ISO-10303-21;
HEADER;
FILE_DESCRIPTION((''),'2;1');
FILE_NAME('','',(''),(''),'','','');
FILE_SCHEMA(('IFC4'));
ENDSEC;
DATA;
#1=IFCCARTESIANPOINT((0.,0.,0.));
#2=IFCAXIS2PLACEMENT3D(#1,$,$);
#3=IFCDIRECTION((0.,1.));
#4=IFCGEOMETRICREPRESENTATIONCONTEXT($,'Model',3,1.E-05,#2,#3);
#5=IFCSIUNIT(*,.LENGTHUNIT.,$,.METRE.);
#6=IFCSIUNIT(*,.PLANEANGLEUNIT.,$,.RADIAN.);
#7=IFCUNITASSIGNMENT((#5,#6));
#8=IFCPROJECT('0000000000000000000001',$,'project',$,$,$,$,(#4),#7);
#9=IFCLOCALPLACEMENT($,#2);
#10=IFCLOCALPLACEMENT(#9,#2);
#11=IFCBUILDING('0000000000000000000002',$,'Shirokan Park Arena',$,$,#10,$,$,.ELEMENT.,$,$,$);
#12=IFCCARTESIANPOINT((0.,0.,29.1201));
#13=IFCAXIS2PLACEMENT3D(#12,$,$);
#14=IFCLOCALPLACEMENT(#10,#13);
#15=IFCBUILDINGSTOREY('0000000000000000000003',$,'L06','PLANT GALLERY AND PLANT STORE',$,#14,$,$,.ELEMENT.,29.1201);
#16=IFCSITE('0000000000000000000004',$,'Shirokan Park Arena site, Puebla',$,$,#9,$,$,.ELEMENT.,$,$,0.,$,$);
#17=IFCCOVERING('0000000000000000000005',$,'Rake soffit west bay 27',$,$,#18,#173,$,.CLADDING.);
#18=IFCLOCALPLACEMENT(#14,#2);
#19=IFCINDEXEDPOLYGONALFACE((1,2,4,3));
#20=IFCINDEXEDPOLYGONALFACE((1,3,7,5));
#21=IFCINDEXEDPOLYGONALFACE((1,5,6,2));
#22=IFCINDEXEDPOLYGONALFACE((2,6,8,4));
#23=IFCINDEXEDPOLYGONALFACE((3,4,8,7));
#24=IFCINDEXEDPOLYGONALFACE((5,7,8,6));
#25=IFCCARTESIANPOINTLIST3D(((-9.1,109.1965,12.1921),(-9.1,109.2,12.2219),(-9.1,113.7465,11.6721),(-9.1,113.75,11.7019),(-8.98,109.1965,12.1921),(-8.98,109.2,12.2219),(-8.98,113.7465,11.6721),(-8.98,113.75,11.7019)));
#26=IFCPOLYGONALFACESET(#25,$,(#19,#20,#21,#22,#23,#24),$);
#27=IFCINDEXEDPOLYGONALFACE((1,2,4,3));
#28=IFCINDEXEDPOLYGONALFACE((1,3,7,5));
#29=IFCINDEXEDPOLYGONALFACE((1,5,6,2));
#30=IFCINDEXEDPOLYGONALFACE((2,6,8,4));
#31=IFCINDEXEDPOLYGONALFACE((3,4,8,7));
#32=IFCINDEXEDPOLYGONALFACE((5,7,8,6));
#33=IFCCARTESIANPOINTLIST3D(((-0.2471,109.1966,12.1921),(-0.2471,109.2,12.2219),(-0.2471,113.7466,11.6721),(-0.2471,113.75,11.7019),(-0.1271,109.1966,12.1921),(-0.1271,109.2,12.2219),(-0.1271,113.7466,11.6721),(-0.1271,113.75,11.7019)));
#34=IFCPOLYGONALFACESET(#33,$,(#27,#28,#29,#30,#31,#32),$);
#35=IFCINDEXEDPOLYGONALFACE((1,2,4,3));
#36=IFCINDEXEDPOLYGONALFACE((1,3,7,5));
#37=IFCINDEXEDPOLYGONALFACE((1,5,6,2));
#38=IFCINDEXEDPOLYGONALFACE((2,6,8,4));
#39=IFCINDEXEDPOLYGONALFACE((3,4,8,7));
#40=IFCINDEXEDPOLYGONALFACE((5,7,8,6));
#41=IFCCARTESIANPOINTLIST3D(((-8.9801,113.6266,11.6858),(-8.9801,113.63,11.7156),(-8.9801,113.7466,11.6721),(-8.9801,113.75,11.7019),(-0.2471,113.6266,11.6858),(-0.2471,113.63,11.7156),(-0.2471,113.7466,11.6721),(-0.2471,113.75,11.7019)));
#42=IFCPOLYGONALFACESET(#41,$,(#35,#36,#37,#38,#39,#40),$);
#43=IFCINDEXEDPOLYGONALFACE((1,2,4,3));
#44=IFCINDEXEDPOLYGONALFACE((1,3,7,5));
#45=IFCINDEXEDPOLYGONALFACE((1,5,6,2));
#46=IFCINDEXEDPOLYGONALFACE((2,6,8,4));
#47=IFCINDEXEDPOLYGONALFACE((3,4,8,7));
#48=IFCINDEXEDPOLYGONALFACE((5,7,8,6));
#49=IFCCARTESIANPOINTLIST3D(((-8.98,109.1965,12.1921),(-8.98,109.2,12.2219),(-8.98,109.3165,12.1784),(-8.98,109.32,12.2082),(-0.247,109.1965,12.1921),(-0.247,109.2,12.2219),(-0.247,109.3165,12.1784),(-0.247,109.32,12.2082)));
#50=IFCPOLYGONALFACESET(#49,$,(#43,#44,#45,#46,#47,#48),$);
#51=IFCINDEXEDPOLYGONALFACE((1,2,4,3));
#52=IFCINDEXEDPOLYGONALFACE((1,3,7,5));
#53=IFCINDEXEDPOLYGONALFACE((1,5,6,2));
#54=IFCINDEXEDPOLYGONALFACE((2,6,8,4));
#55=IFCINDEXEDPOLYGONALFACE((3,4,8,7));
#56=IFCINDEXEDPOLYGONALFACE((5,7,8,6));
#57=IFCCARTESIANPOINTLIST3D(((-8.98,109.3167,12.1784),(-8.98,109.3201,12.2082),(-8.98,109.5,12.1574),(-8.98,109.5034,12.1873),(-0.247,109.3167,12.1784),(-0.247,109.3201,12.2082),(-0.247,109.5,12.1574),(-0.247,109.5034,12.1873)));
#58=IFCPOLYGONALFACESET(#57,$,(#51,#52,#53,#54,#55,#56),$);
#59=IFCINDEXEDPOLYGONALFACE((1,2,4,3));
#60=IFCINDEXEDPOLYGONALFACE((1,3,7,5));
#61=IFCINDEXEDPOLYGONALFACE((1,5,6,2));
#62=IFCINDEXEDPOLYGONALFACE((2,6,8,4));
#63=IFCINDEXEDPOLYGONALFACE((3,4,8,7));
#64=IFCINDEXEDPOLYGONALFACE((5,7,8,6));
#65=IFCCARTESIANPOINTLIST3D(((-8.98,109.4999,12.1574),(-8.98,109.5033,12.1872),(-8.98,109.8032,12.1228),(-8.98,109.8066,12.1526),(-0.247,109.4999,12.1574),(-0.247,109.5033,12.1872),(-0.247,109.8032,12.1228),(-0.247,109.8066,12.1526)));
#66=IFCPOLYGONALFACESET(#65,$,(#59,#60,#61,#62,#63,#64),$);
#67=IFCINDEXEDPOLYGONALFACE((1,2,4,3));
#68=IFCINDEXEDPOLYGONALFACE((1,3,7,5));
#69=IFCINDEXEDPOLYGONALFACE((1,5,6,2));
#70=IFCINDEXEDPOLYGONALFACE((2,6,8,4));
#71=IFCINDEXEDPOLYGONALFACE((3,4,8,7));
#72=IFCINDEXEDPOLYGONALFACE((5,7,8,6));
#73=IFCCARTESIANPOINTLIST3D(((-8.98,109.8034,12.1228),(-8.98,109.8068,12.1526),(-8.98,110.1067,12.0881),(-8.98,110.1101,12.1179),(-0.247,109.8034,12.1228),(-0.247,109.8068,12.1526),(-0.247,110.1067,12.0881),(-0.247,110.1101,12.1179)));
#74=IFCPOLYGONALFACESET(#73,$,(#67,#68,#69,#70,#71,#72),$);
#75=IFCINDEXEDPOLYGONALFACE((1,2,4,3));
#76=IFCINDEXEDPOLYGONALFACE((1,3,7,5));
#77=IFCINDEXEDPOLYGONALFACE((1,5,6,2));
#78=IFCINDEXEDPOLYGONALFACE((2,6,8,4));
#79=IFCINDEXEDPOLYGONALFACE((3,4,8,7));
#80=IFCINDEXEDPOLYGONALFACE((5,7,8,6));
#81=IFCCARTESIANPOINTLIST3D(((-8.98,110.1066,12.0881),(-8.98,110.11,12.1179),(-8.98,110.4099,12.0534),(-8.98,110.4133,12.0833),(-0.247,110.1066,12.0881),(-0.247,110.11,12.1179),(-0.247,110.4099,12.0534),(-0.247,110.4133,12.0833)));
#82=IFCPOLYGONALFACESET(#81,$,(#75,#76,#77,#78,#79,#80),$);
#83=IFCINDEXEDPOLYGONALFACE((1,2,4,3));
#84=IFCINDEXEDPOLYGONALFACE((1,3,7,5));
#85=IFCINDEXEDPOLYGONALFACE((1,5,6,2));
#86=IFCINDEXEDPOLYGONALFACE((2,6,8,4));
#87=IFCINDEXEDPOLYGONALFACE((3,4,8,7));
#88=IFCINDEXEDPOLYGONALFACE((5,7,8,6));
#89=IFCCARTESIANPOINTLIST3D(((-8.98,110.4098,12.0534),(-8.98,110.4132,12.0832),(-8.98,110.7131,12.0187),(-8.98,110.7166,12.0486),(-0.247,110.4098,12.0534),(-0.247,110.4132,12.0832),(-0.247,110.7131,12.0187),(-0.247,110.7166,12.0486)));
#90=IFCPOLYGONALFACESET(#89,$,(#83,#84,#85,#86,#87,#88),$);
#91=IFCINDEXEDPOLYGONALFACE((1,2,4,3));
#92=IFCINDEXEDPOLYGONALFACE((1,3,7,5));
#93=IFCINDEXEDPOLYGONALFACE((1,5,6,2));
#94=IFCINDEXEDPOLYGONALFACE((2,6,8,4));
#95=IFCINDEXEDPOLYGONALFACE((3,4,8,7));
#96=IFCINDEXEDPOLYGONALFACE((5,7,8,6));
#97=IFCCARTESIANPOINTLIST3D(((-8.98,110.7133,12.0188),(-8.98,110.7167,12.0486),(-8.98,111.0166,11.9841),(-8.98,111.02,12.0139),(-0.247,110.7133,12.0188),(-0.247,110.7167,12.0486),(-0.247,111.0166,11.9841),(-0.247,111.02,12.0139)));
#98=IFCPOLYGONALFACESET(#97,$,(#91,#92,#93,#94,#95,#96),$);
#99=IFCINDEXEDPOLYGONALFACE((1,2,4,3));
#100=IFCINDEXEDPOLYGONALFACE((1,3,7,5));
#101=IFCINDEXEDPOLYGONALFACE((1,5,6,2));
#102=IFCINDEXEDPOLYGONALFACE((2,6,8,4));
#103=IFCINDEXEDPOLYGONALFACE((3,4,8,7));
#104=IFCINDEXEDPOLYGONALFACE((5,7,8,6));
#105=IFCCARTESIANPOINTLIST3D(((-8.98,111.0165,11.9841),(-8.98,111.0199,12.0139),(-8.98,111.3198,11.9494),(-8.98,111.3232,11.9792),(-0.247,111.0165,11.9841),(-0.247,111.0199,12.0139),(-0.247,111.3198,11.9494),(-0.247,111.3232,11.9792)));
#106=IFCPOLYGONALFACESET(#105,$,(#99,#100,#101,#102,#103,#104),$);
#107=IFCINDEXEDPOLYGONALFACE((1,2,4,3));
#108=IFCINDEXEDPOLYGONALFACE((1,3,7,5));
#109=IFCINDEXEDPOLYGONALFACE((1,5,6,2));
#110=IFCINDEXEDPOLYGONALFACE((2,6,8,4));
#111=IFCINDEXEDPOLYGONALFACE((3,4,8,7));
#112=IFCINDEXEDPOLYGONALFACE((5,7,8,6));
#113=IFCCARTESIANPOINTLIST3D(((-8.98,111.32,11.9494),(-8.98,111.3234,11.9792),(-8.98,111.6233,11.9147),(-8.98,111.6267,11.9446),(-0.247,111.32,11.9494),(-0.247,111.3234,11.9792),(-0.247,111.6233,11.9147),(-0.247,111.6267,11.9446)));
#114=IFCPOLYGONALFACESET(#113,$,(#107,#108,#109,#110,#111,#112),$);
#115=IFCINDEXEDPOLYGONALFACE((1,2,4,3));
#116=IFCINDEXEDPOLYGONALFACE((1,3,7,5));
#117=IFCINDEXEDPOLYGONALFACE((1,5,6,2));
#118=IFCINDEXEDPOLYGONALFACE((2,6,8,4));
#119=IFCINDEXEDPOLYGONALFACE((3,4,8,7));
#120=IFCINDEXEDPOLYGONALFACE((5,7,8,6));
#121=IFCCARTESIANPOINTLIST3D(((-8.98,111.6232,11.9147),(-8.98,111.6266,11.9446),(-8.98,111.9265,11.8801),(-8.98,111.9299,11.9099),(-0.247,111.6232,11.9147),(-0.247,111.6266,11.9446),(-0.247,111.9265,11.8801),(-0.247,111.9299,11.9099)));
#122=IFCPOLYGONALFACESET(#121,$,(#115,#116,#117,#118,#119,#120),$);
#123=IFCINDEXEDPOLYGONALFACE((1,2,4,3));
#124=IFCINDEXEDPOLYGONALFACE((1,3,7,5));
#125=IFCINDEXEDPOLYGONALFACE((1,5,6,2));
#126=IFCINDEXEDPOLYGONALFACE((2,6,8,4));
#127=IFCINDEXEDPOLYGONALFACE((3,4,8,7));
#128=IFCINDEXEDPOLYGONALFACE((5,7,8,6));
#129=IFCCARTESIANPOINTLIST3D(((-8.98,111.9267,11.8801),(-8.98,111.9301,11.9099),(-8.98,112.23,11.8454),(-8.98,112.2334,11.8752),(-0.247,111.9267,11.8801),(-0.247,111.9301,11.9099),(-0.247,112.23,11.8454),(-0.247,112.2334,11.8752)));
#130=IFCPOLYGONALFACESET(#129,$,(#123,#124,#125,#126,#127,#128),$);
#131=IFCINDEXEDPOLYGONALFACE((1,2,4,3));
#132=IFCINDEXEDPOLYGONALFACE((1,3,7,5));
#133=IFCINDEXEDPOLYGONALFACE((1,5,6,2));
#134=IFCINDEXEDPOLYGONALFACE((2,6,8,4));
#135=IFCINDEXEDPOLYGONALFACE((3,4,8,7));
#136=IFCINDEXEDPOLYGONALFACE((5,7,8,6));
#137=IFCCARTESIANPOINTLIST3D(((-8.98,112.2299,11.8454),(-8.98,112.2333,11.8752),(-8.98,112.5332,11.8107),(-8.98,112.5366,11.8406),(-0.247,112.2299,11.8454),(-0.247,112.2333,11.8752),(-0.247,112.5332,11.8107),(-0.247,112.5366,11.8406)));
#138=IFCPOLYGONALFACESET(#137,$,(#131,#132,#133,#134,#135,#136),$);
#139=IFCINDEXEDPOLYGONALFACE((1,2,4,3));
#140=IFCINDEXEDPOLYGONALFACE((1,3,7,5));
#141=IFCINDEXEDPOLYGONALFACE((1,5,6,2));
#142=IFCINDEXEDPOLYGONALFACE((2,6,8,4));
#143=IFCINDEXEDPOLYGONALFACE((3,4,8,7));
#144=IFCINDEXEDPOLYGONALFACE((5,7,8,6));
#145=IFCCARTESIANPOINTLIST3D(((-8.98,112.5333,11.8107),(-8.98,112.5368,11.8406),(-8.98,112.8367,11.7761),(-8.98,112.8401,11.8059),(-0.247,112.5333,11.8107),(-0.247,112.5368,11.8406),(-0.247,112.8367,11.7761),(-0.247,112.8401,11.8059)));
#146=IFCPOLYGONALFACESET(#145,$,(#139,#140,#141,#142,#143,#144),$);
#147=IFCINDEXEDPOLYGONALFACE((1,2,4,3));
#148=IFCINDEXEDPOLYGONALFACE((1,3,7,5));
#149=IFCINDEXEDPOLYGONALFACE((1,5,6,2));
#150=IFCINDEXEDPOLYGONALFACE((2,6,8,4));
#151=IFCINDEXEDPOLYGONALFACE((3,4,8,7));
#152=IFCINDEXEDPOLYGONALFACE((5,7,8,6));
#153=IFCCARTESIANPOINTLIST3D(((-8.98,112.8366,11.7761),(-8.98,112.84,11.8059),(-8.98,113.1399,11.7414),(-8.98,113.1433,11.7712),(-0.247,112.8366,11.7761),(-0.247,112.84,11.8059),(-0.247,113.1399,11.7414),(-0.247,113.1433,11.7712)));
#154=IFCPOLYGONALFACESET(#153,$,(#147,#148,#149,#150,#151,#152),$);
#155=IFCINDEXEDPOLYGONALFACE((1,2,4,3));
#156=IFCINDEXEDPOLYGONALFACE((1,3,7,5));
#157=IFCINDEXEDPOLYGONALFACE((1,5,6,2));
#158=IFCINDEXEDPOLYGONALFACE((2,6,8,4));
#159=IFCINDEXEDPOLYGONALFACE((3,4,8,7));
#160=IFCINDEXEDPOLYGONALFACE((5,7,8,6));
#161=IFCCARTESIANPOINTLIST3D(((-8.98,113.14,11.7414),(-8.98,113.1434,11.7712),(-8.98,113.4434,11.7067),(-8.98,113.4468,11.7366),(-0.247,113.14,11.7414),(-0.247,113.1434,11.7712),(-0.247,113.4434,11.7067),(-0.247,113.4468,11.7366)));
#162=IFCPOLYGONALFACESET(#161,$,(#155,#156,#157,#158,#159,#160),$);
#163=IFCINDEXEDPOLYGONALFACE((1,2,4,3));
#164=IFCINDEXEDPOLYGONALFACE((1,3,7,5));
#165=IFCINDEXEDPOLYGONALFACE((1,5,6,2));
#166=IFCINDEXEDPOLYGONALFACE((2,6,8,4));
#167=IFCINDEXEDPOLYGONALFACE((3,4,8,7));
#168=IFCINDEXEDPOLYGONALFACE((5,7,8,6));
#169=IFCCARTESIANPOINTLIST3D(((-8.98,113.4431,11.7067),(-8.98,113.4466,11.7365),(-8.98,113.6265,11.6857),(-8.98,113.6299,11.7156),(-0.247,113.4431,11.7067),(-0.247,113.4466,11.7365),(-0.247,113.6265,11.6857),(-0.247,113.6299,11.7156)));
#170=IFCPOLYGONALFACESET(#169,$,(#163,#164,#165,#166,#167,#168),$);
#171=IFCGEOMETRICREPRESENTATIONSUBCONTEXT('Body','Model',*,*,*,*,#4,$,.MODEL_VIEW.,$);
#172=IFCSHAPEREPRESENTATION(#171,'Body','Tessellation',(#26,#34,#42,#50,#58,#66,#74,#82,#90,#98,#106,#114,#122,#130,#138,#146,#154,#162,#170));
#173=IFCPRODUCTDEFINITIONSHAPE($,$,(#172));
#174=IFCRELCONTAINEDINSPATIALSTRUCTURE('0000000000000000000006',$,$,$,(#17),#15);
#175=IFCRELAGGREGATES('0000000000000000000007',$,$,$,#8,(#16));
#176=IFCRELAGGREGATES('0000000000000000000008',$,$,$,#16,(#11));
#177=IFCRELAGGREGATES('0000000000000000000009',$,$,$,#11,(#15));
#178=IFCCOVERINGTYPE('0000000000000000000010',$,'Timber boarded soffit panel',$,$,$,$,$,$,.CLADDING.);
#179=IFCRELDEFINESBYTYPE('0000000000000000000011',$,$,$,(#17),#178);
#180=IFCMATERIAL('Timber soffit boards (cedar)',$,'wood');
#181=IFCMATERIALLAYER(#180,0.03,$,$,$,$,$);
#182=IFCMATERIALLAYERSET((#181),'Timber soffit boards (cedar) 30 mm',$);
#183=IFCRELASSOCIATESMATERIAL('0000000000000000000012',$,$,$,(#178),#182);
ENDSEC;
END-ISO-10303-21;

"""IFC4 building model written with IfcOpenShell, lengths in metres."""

from ifc_helpers import new_model, si_unit, direction, frame, origin, place, context, subcontext, project, spatial, polyline, outline, extrude, material, layer, layer_set, type_object, element, save


model = new_model("IFC4")

# Units and contexts
model_context = context("Model", 3, precision=1e-05, world=origin(), true_north=direction((0.0, 1.0)))
body_context = subcontext(model_context, "Body", "Model", "MODEL_VIEW")
ifc_project = project(units=[si_unit("LENGTHUNIT", "METRE"), si_unit("PLANEANGLEUNIT", "RADIAN")], contexts=[model_context])

# Site, building, storey
site_placement = place(None, origin())
site = spatial("IfcSite", under=ifc_project, at=site_placement, Name="Shirokan Park Arena site, Puebla", CompositionType="ELEMENT", RefElevation=0.0)
building_placement = place(site_placement, origin())
building = spatial("IfcBuilding", under=site, at=building_placement, Name="Shirokan Park Arena", CompositionType="ELEMENT")
storey_placement = place(building_placement, frame((0.0, 0.0, 29.1201)))
storey = spatial("IfcBuildingStorey", under=building, at=storey_placement, Name="L06", Description="PLANT GALLERY AND PLANT STORE", CompositionType="ELEMENT", Elevation=29.1201)

# Covering
ifc_material = material(Name="Timber soffit boards (cedar)", Category="wood")
ifc_layer = layer(ifc_material, 0.03)
ifc_layer_set = layer_set([ifc_layer], Name="Timber soffit boards (cedar) 30 mm")
covering_type = type_object("IfcCoveringType", Name="Timber boarded soffit panel", PredefinedType="CLADDING", material=ifc_layer_set)
covering_1_placement = place(storey_placement, origin())
element("IfcCovering", 1, at=covering_1_placement, inside=storey, type_object=covering_type, Name="Rake soffit west bay 27", PredefinedType="CLADDING", context=body_context, shape_type="SweptSolid", body=[
    extrude(outline(polyline([(0.0, 0.0), (0.12, 0.0), (0.12, -4.5796), (0.0, -4.5796), (0.0, 0.0)])), frame((-8.98, 109.2, 12.2219), z_axis=(0.0, 0.113547, 0.993533), x_axis=(-1.0, 0.0, 0.0)), (0.0, 0.0, -1.0), 0.03),
    extrude(outline(polyline([(0.0, 0.0), (0.12, 0.0), (0.12, -4.5796), (0.0, -4.5796), (0.0, 0.0)])), frame((-0.2471, 113.75, 11.7019), z_axis=(0.0, 0.113547, 0.993533), x_axis=(1.0, 0.0, 0.0)), (0.0, 0.0, -1.0), 0.03),
    extrude(outline(polyline([(0.0, 0.0), (0.1208, 0.0), (0.1208, -8.733), (0.0, -8.733), (0.0, 0.0)])), frame((-0.2471, 113.75, 11.7019), z_axis=(0.0, 0.113512, 0.993537), x_axis=(0.0, -0.993537, 0.113512)), (0.0, 0.0, -1.0), 0.03),
    extrude(outline(polyline([(0.0, 0.0), (0.1208, 0.0), (0.1208, -8.733), (0.0, -8.733), (0.0, 0.0)])), frame((-8.98, 109.2, 12.2219), z_axis=(0.0, 0.113512, 0.993537), x_axis=(0.0, 0.993537, -0.113512)), (0.0, 0.0, -1.0), 0.03),
    extrude(outline(polyline([(0.0, 0.0), (8.733, 0.0), (8.733, -0.1845), (0.0, -0.1845), (0.0, 0.0)])), frame((-8.98, 109.5034, 12.1873), z_axis=(0.0, 0.113589, 0.993528), x_axis=(1.0, 0.0, 0.0)), (0.0, 0.0, -1.0), 0.03),
    extrude(outline(polyline([(0.0, 0.0), (8.733, 0.0), (8.733, -0.3053), (0.0, -0.3053), (0.0, 0.0)])), frame((-8.98, 109.8066, 12.1526), z_axis=(0.0, 0.113523, 0.993535), x_axis=(1.0, 0.0, 0.0)), (0.0, 0.0, -1.0), 0.03),
    extrude(outline(polyline([(0.0, 0.0), (8.733, 0.0), (8.733, -0.3053), (0.0, -0.3053), (0.0, 0.0)])), frame((-8.98, 110.1101, 12.1179), z_axis=(0.0, 0.113559, 0.993531), x_axis=(1.0, 0.0, 0.0)), (0.0, 0.0, -1.0), 0.03),
    extrude(outline(polyline([(0.0, 0.0), (8.733, 0.0), (8.733, -0.3053), (0.0, -0.3053), (0.0, 0.0)])), frame((-8.98, 110.4133, 12.0833), z_axis=(0.0, 0.113559, 0.993531), x_axis=(1.0, 0.0, 0.0)), (0.0, 0.0, -1.0), 0.03),
    extrude(outline(polyline([(0.0, 0.0), (8.733, 0.0), (8.733, -0.3053), (0.0, -0.3053), (0.0, 0.0)])), frame((-8.98, 110.7166, 12.0486), z_axis=(0.0, 0.113523, 0.993535), x_axis=(1.0, 0.0, 0.0)), (0.0, 0.0, -1.0), 0.03),
    extrude(outline(polyline([(0.0, 0.0), (8.733, 0.0), (8.733, -0.3053), (0.0, -0.3053), (0.0, 0.0)])), frame((-8.98, 111.02, 12.0139), z_axis=(0.0, 0.113559, 0.993531), x_axis=(1.0, 0.0, 0.0)), (0.0, 0.0, -1.0), 0.03),
    extrude(outline(polyline([(0.0, 0.0), (8.733, 0.0), (8.733, -0.3053), (0.0, -0.3053), (0.0, 0.0)])), frame((-8.98, 111.3232, 11.9792), z_axis=(0.0, 0.113559, 0.993531), x_axis=(1.0, 0.0, 0.0)), (0.0, 0.0, -1.0), 0.03),
    extrude(outline(polyline([(0.0, 0.0), (8.733, 0.0), (8.733, -0.3053), (0.0, -0.3053), (0.0, 0.0)])), frame((-8.98, 111.6267, 11.9446), z_axis=(0.0, 0.113523, 0.993535), x_axis=(1.0, 0.0, 0.0)), (0.0, 0.0, -1.0), 0.03),
    extrude(outline(polyline([(0.0, 0.0), (8.733, 0.0), (8.733, -0.3053), (0.0, -0.3053), (0.0, 0.0)])), frame((-8.98, 111.9299, 11.9099), z_axis=(0.0, 0.113559, 0.993531), x_axis=(1.0, 0.0, 0.0)), (0.0, 0.0, -1.0), 0.03),
    extrude(outline(polyline([(0.0, 0.0), (8.733, 0.0), (8.733, -0.3053), (0.0, -0.3053), (0.0, 0.0)])), frame((-8.98, 112.2334, 11.8752), z_axis=(0.0, 0.113559, 0.993531), x_axis=(1.0, 0.0, 0.0)), (0.0, 0.0, -1.0), 0.03),
    extrude(outline(polyline([(0.0, 0.0), (8.733, 0.0), (8.733, -0.3053), (0.0, -0.3053), (0.0, 0.0)])), frame((-8.98, 112.5366, 11.8406), z_axis=(0.0, 0.113523, 0.993535), x_axis=(1.0, 0.0, 0.0)), (0.0, 0.0, -1.0), 0.03),
    extrude(outline(polyline([(0.0, 0.0), (8.733, 0.0), (8.733, -0.3053), (0.0, -0.3053), (0.0, 0.0)])), frame((-8.98, 112.8401, 11.8059), z_axis=(0.0, 0.113559, 0.993531), x_axis=(1.0, 0.0, 0.0)), (0.0, 0.0, -1.0), 0.03),
    extrude(outline(polyline([(0.0, 0.0), (8.733, 0.0), (8.733, -0.3053), (0.0, -0.3053), (0.0, 0.0)])), frame((-8.98, 113.1433, 11.7712), z_axis=(0.0, 0.113559, 0.993531), x_axis=(1.0, 0.0, 0.0)), (0.0, 0.0, -1.0), 0.03),
    extrude(outline(polyline([(0.0, 0.0), (8.733, 0.0), (8.733, -0.3053), (0.0, -0.3053), (0.0, 0.0)])), frame((-8.98, 113.4468, 11.7366), z_axis=(0.0, 0.113523, 0.993535), x_axis=(1.0, 0.0, 0.0)), (0.0, 0.0, -1.0), 0.03),
    extrude(outline(polyline([(0.0, 0.0), (8.733, 0.0), (8.733, -0.1845), (0.0, -0.1845), (0.0, 0.0)])), frame((-8.98, 113.6299, 11.7156), z_axis=(0.0, 0.113589, 0.993528), x_axis=(1.0, 0.0, 0.0)), (0.0, 0.0, -1.0), 0.03),
])

save(model, "model.ifc")
